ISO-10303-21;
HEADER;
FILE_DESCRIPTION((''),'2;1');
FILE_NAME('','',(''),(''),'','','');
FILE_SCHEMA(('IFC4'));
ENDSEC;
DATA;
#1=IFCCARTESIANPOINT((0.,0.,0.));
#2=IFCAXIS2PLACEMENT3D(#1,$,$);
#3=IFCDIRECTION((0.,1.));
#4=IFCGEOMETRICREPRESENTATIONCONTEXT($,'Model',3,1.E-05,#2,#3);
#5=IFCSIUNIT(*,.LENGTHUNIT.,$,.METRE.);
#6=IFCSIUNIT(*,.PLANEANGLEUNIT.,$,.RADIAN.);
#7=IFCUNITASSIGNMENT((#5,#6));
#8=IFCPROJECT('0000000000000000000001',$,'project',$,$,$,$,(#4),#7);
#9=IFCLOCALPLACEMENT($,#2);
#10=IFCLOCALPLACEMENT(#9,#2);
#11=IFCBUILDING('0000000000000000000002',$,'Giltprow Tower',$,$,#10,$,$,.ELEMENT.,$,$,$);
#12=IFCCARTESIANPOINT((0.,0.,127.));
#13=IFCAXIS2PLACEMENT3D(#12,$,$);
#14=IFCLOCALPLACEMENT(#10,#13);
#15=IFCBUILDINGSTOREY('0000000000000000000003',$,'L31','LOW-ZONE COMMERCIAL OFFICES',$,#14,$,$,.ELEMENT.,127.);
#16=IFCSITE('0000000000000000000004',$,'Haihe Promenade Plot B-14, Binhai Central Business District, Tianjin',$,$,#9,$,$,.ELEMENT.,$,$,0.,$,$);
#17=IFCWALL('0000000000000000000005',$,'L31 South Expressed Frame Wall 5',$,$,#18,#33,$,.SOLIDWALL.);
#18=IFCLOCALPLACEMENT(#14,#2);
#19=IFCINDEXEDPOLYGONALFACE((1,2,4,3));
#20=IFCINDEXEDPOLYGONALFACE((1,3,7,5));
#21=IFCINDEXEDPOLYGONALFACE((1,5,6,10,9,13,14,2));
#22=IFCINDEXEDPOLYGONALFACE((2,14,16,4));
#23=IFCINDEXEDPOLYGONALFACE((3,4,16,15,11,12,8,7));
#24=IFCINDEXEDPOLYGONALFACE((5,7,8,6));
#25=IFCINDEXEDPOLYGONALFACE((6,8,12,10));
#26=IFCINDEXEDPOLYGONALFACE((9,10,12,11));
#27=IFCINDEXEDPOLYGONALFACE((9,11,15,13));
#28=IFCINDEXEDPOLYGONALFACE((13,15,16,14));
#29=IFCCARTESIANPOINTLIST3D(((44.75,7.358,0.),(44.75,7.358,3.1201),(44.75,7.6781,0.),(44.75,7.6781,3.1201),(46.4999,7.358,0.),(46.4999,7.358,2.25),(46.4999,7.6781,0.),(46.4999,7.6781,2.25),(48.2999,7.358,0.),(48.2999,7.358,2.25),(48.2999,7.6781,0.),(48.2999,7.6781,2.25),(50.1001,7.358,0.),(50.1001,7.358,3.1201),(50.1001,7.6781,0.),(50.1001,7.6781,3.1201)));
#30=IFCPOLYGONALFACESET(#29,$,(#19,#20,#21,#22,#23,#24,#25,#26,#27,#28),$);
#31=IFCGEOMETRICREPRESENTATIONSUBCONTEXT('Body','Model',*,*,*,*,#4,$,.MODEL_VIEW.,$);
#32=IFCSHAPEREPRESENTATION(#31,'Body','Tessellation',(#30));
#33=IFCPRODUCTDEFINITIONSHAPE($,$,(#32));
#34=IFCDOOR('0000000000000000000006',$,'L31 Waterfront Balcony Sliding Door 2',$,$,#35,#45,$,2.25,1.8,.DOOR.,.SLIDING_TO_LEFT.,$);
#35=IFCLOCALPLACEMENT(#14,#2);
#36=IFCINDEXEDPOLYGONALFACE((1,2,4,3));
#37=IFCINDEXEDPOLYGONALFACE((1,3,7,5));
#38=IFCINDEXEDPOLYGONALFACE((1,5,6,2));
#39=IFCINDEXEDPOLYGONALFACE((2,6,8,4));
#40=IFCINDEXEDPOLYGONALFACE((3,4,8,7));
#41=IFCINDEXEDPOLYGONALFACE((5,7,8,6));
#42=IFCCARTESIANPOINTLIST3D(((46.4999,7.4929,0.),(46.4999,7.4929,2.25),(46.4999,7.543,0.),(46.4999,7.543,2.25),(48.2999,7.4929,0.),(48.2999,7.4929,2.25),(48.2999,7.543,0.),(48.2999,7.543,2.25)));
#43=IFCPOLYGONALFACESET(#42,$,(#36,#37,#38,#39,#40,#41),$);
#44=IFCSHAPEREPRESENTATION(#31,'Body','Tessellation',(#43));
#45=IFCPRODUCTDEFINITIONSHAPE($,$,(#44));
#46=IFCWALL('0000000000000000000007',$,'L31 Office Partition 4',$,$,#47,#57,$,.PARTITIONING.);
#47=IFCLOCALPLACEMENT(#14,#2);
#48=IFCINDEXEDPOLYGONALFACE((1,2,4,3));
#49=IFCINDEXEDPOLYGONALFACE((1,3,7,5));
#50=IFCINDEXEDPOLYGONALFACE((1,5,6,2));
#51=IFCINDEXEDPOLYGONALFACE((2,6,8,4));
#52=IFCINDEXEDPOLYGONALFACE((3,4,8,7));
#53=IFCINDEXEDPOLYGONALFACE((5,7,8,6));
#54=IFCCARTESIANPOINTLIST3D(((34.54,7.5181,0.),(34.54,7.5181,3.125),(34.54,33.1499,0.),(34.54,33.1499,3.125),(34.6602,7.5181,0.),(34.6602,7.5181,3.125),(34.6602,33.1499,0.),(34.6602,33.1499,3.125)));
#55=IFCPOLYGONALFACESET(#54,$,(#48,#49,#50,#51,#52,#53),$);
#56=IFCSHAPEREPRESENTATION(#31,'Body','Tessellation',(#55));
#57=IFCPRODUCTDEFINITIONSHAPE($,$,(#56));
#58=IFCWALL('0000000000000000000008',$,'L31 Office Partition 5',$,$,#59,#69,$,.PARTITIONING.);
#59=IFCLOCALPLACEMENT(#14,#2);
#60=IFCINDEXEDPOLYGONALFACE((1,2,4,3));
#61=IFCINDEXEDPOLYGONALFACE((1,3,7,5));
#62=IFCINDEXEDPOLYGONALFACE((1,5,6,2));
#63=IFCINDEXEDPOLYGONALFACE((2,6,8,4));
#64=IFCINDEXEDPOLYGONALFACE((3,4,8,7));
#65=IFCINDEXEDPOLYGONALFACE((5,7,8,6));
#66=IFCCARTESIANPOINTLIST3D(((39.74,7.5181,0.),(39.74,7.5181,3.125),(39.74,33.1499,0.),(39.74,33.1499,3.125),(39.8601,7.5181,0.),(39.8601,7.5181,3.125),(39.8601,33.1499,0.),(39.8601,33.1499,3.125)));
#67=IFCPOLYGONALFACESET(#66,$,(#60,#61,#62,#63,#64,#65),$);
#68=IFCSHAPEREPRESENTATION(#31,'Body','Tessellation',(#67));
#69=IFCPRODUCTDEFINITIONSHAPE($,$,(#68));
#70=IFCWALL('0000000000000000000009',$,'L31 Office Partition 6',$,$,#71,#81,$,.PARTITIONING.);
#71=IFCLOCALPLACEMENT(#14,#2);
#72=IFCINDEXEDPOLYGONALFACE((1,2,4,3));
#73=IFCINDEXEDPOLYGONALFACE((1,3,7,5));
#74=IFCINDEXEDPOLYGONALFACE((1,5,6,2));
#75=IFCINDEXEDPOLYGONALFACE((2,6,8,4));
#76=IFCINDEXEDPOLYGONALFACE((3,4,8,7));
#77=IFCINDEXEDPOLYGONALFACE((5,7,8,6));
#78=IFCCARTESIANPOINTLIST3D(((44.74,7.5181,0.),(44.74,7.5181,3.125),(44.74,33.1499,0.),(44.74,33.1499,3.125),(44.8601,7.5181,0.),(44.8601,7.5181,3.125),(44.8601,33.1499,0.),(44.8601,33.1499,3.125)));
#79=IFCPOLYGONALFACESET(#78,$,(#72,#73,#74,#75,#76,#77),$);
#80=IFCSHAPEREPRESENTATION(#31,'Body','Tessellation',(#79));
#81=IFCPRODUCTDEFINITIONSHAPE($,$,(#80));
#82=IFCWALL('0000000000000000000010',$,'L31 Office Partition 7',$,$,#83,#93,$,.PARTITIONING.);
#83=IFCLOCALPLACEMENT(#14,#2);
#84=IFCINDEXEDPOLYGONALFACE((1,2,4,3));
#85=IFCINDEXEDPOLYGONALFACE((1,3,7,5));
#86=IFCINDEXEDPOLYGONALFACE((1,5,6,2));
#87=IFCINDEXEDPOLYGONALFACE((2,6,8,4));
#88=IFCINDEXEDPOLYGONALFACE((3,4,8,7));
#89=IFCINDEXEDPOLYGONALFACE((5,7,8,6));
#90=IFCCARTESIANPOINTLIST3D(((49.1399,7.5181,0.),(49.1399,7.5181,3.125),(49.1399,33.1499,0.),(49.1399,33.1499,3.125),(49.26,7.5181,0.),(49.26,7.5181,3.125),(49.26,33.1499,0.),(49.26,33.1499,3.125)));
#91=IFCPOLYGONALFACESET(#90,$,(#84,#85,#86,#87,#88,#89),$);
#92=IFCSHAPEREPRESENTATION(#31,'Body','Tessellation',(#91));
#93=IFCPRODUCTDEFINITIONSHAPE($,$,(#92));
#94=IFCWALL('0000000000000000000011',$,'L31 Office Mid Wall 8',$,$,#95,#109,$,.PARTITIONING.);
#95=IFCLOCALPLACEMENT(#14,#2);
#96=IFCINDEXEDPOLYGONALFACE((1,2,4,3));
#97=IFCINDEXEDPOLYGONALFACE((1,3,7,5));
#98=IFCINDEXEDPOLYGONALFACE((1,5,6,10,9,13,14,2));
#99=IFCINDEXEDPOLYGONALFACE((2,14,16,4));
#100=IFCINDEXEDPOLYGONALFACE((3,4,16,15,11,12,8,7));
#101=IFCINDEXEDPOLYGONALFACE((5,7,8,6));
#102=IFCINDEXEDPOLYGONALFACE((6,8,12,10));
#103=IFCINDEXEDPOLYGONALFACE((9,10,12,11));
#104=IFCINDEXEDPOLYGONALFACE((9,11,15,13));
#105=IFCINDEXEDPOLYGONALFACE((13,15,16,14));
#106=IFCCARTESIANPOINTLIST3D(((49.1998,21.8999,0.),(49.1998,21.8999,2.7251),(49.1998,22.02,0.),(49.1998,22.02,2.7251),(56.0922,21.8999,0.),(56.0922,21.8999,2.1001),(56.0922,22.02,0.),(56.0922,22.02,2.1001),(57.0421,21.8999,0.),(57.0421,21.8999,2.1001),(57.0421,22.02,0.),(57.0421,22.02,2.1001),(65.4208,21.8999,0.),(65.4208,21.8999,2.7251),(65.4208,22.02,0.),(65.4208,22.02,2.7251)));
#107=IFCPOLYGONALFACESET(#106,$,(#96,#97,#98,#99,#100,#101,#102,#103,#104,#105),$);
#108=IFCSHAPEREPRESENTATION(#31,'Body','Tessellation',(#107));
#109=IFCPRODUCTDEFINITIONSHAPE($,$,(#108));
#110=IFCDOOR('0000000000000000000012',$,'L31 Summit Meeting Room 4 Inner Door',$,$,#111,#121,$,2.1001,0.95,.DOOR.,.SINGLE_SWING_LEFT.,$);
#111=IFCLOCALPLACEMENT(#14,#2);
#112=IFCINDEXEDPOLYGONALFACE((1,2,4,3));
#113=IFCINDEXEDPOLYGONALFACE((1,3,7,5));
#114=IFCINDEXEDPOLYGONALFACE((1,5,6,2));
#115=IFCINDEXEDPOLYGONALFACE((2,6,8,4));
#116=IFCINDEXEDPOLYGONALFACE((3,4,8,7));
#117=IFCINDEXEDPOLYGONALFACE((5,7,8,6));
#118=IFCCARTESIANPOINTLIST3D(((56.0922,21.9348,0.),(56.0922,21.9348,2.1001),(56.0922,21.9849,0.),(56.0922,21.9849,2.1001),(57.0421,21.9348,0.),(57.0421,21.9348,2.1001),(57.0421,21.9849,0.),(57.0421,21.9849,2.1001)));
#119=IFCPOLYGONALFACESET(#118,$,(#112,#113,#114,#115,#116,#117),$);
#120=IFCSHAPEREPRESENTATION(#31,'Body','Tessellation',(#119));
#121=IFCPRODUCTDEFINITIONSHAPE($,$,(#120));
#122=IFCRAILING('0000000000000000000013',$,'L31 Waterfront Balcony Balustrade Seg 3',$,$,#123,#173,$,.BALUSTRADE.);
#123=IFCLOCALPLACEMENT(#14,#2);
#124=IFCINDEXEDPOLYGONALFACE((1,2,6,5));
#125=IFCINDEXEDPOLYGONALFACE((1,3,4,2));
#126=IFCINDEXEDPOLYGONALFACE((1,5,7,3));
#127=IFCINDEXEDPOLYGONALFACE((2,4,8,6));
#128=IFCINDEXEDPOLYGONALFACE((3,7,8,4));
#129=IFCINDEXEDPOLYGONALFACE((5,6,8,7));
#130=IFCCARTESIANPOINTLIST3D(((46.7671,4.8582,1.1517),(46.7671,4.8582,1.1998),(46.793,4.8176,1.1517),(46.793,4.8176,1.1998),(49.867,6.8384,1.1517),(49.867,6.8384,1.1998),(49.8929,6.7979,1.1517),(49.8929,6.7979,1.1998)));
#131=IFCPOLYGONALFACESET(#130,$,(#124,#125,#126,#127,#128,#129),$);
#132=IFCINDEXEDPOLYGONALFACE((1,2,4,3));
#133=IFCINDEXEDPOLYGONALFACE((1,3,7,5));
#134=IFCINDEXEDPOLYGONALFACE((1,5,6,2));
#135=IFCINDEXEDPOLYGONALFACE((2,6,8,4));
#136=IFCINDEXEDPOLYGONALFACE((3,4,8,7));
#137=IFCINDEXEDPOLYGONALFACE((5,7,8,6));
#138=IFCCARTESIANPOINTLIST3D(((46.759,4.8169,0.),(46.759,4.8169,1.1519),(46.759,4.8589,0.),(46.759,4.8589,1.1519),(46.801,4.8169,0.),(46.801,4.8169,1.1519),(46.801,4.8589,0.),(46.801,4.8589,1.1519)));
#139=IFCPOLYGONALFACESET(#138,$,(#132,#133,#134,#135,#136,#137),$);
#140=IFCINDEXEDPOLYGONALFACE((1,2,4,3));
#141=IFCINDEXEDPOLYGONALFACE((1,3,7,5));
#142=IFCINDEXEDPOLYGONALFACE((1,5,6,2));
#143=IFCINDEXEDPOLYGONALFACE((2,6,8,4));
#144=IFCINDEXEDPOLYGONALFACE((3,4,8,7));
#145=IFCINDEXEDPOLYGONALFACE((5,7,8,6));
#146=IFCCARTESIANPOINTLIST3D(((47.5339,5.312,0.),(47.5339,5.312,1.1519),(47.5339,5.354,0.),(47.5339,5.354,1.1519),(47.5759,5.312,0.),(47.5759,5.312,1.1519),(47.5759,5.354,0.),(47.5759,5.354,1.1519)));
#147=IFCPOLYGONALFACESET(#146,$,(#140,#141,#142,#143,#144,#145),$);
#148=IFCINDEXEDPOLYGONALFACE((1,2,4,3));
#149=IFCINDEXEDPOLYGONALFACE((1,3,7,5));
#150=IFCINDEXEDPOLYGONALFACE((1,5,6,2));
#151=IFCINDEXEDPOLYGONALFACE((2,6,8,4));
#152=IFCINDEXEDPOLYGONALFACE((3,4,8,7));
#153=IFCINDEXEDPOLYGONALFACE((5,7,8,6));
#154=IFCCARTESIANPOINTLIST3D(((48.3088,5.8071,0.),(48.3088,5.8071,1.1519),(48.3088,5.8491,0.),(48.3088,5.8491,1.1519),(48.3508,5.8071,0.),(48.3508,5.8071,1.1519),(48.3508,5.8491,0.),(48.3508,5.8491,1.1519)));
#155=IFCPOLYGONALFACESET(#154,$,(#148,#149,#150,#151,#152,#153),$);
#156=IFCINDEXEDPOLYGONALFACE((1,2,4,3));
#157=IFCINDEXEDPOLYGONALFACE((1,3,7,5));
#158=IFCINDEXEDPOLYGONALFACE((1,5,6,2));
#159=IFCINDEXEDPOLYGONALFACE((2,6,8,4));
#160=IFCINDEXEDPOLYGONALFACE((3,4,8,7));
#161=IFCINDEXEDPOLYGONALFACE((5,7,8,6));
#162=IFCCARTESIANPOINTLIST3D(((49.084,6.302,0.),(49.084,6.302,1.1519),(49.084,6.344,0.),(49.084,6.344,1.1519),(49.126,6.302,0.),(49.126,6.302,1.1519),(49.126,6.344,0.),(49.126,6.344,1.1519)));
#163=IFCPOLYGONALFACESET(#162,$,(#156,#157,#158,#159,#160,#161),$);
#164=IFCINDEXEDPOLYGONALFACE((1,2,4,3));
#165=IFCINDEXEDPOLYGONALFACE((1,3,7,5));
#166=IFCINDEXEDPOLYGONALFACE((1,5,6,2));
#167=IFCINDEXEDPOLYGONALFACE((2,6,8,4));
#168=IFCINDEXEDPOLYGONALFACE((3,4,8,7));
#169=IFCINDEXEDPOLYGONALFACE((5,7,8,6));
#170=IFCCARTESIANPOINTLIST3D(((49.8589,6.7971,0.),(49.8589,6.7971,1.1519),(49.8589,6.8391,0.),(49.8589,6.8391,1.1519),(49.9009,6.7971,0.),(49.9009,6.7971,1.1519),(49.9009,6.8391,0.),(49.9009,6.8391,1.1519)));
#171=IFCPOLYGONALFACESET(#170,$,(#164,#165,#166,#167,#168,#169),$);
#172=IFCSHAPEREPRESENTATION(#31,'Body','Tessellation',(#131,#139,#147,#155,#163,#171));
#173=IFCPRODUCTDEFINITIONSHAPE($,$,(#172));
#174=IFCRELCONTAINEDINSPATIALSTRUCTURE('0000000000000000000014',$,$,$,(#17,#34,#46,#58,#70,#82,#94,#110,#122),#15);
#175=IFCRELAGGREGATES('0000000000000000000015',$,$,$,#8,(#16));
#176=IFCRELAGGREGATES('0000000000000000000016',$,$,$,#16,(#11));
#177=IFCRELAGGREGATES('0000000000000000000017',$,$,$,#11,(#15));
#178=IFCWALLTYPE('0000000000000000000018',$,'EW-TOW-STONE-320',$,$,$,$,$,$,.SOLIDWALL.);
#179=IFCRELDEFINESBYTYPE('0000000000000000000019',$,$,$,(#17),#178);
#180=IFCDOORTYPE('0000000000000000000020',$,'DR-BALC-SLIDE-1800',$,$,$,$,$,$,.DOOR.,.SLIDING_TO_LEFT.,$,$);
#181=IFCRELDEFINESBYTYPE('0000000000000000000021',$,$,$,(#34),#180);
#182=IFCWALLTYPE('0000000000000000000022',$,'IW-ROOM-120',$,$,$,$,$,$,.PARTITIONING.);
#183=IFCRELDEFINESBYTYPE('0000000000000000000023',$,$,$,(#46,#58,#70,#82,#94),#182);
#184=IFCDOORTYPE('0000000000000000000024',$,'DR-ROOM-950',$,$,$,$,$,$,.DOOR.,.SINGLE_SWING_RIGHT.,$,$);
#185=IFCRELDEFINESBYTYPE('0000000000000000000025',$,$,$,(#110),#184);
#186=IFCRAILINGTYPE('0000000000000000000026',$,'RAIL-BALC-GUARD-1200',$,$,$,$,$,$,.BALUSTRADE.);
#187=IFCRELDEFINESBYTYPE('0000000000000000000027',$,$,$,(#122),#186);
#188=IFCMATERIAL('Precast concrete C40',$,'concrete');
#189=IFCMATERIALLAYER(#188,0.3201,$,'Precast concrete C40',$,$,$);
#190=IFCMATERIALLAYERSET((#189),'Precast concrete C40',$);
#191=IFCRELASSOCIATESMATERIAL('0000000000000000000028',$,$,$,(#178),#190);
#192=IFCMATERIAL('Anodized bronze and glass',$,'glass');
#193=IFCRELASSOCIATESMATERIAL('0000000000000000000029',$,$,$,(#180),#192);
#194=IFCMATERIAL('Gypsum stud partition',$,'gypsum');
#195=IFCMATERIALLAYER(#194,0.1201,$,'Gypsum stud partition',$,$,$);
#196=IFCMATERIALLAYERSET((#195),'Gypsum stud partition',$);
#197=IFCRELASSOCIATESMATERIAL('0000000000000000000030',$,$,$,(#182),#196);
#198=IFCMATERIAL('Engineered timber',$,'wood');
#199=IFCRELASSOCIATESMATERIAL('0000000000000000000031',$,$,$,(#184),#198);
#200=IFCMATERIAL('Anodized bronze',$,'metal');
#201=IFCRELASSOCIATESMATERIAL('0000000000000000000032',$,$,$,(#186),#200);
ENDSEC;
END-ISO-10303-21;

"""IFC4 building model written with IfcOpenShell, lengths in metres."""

from ifc_helpers import new_model, si_unit, direction, frame, frame_2d, origin, origin_2d, place, context, subcontext, project, spatial, rectangle, extrude, source, transform, mapped, material, layer, layer_set, type_object, element, fill, save


model = new_model("IFC4")

# Units and contexts
model_context = context("Model", 3, precision=1e-05, world=origin(), true_north=direction((0.0, 1.0)))
body_context = subcontext(model_context, "Body", "Model", "MODEL_VIEW")
ifc_project = project(units=[si_unit("LENGTHUNIT", "METRE"), si_unit("PLANEANGLEUNIT", "RADIAN")], contexts=[model_context])

# Site, building, storey
site_placement = place(None, origin())
site = spatial("IfcSite", under=ifc_project, at=site_placement, Name="Haihe Promenade Plot B-14, Binhai Central Business District, Tianjin", CompositionType="ELEMENT", RefElevation=0.0)
building_placement = place(site_placement, origin())
building = spatial("IfcBuilding", under=site, at=building_placement, Name="Giltprow Tower", CompositionType="ELEMENT")
storey_placement = place(building_placement, frame((0.0, 0.0, 127.0)))
storey = spatial("IfcBuildingStorey", under=building, at=storey_placement, Name="L31", Description="LOW-ZONE COMMERCIAL OFFICES", CompositionType="ELEMENT", Elevation=127.0)

# Shared definitions
ifc_material_1 = material(Name="Anodized bronze", Category="metal")

# Shared definitions
ifc_material_2 = material(Name="Precast concrete C40", Category="concrete")
ifc_layer_1 = layer(ifc_material_2, 0.3201, Name="Precast concrete C40")
ifc_layer_set_1 = layer_set([ifc_layer_1], Name="Precast concrete C40")
wall_type_1 = type_object("IfcWallType", Name="EW-TOW-STONE-320", PredefinedType="SOLIDWALL", material=ifc_layer_set_1)

# Wall, opening, door
wall_1_placement = place(storey_placement, frame((44.75, 7.5181, 0.0), z_axis=(0.0, 0.0, 1.0), x_axis=(1.0, 0.0, 0.0)))
wall_1 = element("IfcWall", 1, at=wall_1_placement, inside=storey, type_object=wall_type_1, Name="L31 South Expressed Frame Wall 5", PredefinedType="SOLIDWALL", context=body_context, shape_type="SweptSolid", body=[
    extrude(rectangle(XDim=5.3501, YDim=0.3201, at=frame_2d((2.675, 0.0))), origin(), (0.0, 0.0, 1.0), 3.1201),
])
opening_1_placement = place(wall_1_placement, frame((1.75, 0.0, 0.0)))
opening_1 = element("IfcOpeningElement", 2, at=opening_1_placement, cuts=wall_1, PredefinedType="OPENING", context=body_context, shape_type="SweptSolid", body=[
    extrude(rectangle(XDim=1.8, YDim=2.25, at=frame_2d((0.8999, 1.125))), frame((0.0, 0.1699, 0.0), z_axis=(0.0, -1.0, 0.0), x_axis=(1.0, 0.0, 0.0)), (0.0, 0.0, 1.0), 0.3401),
])
ifc_material_3 = material(Name="Anodized bronze and glass", Category="glass")
door_type_1 = type_object("IfcDoorType", Name="DR-BALC-SLIDE-1800", OperationType="SLIDING_TO_LEFT", PredefinedType="DOOR", material=ifc_material_3)
shared_shape_1 = source(origin(), body_context, "Body", "SweptSolid", [
    extrude(rectangle(XDim=1.8, YDim=2.25, at=frame_2d((0.8999, 1.125))), frame((0.0, 0.0249, 0.0), z_axis=(0.0, -1.0, 0.0), x_axis=(1.0, 0.0, 0.0)), (0.0, 0.0, 1.0), 0.05),
])
door_1_placement = place(opening_1_placement, origin())
door_1 = element("IfcDoor", 3, at=door_1_placement, inside=storey, type_object=door_type_1, Name="L31 Waterfront Balcony Sliding Door 2", OperationType="SLIDING_TO_LEFT", OverallHeight=2.25, OverallWidth=1.8, PredefinedType="DOOR", context=body_context, shape_type="MappedRepresentation", body=[
    mapped(shared_shape_1, transform((0.0, 0.0, 0.0), x_axis=(1.0, 0.0, 0.0), y_axis=(0.0, 1.0, 0.0), z_axis=(0.0, 0.0, 1.0), scale=1.0)),
])
fill(opening_1, door_1)

# Walls
ifc_material_4 = material(Name="Gypsum stud partition", Category="gypsum")
ifc_layer_2 = layer(ifc_material_4, 0.1201, Name="Gypsum stud partition")
ifc_layer_set_2 = layer_set([ifc_layer_2], Name="Gypsum stud partition")
wall_type_2 = type_object("IfcWallType", Name="IW-ROOM-120", PredefinedType="PARTITIONING", material=ifc_layer_set_2)
for number, where, z_axis, x_axis, name in (
    (4, (34.6001, 7.5181, 0.0), (0.0, 0.0, 1.0), (0.0, 1.0, 0.0), "L31 Office Partition 4"),
    (5, (39.8, 7.5181, 0.0), (0.0, 0.0, 1.0), (0.0, 1.0, 0.0), "L31 Office Partition 5"),
    (6, (44.8, 7.5181, 0.0), (0.0, 0.0, 1.0), (0.0, 1.0, 0.0), "L31 Office Partition 6"),
    (7, (49.2, 7.5181, 0.0), (0.0, 0.0, 1.0), (0.0, 1.0, 0.0), "L31 Office Partition 7"),
):
    element("IfcWall", number, at=place(storey_placement, frame(where, z_axis=z_axis, x_axis=x_axis)), inside=storey, type_object=wall_type_2, Name=name, PredefinedType="PARTITIONING", context=body_context, shape_type="SweptSolid", body=[
        extrude(rectangle(XDim=25.6318, YDim=0.1201, at=frame_2d((12.8159, 0.0))), origin(), (0.0, 0.0, 1.0), 3.125),
    ])

# Wall, opening, door
wall_2_placement = place(storey_placement, frame((49.2, 21.96, 0.0), z_axis=(0.0, 0.0, 1.0), x_axis=(1.0, 0.0, 0.0)))
wall_2 = element("IfcWall", 8, at=wall_2_placement, inside=storey, type_object=wall_type_2, Name="L31 Office Mid Wall 8", PredefinedType="PARTITIONING", context=body_context, shape_type="SweptSolid", body=[
    extrude(rectangle(XDim=16.2209, YDim=0.1201, at=frame_2d((8.1104, 0.0))), origin(), (0.0, 0.0, 1.0), 2.7251),
])
opening_2_placement = place(wall_2_placement, frame((6.8921, 0.0, 0.0)))
opening_2 = element("IfcOpeningElement", 9, at=opening_2_placement, cuts=wall_2, PredefinedType="OPENING", context=body_context, shape_type="SweptSolid", body=[
    extrude(rectangle(XDim=0.95, YDim=2.1001, at=frame_2d((0.4751, 1.05))), frame((0.0, 0.0701, 0.0), z_axis=(0.0, -1.0, 0.0), x_axis=(1.0, 0.0, 0.0)), (0.0, 0.0, 1.0), 0.1401),
])
ifc_material_5 = material(Name="Engineered timber", Category="wood")
door_type_2 = type_object("IfcDoorType", Name="DR-ROOM-950", OperationType="SINGLE_SWING_RIGHT", PredefinedType="DOOR", material=ifc_material_5)
shared_shape_2 = source(origin(), body_context, "Body", "SweptSolid", [
    extrude(rectangle(XDim=0.95, YDim=2.1001, at=frame_2d((0.4751, 1.05))), frame((0.0, 0.0249, 0.0), z_axis=(0.0, -1.0, 0.0), x_axis=(1.0, 0.0, 0.0)), (0.0, 0.0, 1.0), 0.05),
])
door_2_placement = place(opening_2_placement, origin())
door_2 = element("IfcDoor", 10, at=door_2_placement, inside=storey, type_object=door_type_2, Name="L31 Summit Meeting Room 4 Inner Door", OperationType="SINGLE_SWING_LEFT", OverallHeight=2.1001, OverallWidth=0.95, PredefinedType="DOOR", context=body_context, shape_type="MappedRepresentation", body=[
    mapped(shared_shape_2, transform((0.0, 0.0, 0.0), x_axis=(1.0, 0.0, 0.0), y_axis=(0.0, 1.0, 0.0), z_axis=(0.0, 0.0, 1.0), scale=1.0)),
])
fill(opening_2, door_2)

# Railing
railing_type = type_object("IfcRailingType", Name="RAIL-BALC-GUARD-1200", PredefinedType="BALUSTRADE", material=ifc_material_1)
railing_1_placement = place(storey_placement, frame((46.78, 4.8379, 0.0)))
element("IfcRailing", 11, at=railing_1_placement, inside=storey, type_object=railing_type, Name="L31 Waterfront Balcony Balustrade Seg 3", PredefinedType="BALUSTRADE", context=body_context, shape_type="SweptSolid", body=[
    extrude(rectangle(XDim=0.0481, YDim=0.0481, at=origin_2d()), frame((0.0, 0.0, 1.1758), z_axis=(0.842726, 0.538343, 0.0), x_axis=(-0.538343, 0.842726, 0.0)), (0.0, 0.0, 1.0), 3.6785),
    extrude(rectangle(XDim=0.042, YDim=0.042, at=origin_2d()), origin(), (0.0, 0.0, 1.0), 1.1519),
    extrude(rectangle(XDim=0.042, YDim=0.042, at=origin_2d()), frame((0.7749, 0.4951, 0.0)), (0.0, 0.0, 1.0), 1.1519),
    extrude(rectangle(XDim=0.042, YDim=0.042, at=origin_2d()), frame((1.5498, 0.9902, 0.0)), (0.0, 0.0, 1.0), 1.1519),
    extrude(rectangle(XDim=0.042, YDim=0.042, at=origin_2d()), frame((2.325, 1.4851, 0.0)), (0.0, 0.0, 1.0), 1.1519),
    extrude(rectangle(XDim=0.042, YDim=0.042, at=origin_2d()), frame((3.0999, 1.9802, 0.0)), (0.0, 0.0, 1.0), 1.1519),
])

save(model, "model.ifc")
